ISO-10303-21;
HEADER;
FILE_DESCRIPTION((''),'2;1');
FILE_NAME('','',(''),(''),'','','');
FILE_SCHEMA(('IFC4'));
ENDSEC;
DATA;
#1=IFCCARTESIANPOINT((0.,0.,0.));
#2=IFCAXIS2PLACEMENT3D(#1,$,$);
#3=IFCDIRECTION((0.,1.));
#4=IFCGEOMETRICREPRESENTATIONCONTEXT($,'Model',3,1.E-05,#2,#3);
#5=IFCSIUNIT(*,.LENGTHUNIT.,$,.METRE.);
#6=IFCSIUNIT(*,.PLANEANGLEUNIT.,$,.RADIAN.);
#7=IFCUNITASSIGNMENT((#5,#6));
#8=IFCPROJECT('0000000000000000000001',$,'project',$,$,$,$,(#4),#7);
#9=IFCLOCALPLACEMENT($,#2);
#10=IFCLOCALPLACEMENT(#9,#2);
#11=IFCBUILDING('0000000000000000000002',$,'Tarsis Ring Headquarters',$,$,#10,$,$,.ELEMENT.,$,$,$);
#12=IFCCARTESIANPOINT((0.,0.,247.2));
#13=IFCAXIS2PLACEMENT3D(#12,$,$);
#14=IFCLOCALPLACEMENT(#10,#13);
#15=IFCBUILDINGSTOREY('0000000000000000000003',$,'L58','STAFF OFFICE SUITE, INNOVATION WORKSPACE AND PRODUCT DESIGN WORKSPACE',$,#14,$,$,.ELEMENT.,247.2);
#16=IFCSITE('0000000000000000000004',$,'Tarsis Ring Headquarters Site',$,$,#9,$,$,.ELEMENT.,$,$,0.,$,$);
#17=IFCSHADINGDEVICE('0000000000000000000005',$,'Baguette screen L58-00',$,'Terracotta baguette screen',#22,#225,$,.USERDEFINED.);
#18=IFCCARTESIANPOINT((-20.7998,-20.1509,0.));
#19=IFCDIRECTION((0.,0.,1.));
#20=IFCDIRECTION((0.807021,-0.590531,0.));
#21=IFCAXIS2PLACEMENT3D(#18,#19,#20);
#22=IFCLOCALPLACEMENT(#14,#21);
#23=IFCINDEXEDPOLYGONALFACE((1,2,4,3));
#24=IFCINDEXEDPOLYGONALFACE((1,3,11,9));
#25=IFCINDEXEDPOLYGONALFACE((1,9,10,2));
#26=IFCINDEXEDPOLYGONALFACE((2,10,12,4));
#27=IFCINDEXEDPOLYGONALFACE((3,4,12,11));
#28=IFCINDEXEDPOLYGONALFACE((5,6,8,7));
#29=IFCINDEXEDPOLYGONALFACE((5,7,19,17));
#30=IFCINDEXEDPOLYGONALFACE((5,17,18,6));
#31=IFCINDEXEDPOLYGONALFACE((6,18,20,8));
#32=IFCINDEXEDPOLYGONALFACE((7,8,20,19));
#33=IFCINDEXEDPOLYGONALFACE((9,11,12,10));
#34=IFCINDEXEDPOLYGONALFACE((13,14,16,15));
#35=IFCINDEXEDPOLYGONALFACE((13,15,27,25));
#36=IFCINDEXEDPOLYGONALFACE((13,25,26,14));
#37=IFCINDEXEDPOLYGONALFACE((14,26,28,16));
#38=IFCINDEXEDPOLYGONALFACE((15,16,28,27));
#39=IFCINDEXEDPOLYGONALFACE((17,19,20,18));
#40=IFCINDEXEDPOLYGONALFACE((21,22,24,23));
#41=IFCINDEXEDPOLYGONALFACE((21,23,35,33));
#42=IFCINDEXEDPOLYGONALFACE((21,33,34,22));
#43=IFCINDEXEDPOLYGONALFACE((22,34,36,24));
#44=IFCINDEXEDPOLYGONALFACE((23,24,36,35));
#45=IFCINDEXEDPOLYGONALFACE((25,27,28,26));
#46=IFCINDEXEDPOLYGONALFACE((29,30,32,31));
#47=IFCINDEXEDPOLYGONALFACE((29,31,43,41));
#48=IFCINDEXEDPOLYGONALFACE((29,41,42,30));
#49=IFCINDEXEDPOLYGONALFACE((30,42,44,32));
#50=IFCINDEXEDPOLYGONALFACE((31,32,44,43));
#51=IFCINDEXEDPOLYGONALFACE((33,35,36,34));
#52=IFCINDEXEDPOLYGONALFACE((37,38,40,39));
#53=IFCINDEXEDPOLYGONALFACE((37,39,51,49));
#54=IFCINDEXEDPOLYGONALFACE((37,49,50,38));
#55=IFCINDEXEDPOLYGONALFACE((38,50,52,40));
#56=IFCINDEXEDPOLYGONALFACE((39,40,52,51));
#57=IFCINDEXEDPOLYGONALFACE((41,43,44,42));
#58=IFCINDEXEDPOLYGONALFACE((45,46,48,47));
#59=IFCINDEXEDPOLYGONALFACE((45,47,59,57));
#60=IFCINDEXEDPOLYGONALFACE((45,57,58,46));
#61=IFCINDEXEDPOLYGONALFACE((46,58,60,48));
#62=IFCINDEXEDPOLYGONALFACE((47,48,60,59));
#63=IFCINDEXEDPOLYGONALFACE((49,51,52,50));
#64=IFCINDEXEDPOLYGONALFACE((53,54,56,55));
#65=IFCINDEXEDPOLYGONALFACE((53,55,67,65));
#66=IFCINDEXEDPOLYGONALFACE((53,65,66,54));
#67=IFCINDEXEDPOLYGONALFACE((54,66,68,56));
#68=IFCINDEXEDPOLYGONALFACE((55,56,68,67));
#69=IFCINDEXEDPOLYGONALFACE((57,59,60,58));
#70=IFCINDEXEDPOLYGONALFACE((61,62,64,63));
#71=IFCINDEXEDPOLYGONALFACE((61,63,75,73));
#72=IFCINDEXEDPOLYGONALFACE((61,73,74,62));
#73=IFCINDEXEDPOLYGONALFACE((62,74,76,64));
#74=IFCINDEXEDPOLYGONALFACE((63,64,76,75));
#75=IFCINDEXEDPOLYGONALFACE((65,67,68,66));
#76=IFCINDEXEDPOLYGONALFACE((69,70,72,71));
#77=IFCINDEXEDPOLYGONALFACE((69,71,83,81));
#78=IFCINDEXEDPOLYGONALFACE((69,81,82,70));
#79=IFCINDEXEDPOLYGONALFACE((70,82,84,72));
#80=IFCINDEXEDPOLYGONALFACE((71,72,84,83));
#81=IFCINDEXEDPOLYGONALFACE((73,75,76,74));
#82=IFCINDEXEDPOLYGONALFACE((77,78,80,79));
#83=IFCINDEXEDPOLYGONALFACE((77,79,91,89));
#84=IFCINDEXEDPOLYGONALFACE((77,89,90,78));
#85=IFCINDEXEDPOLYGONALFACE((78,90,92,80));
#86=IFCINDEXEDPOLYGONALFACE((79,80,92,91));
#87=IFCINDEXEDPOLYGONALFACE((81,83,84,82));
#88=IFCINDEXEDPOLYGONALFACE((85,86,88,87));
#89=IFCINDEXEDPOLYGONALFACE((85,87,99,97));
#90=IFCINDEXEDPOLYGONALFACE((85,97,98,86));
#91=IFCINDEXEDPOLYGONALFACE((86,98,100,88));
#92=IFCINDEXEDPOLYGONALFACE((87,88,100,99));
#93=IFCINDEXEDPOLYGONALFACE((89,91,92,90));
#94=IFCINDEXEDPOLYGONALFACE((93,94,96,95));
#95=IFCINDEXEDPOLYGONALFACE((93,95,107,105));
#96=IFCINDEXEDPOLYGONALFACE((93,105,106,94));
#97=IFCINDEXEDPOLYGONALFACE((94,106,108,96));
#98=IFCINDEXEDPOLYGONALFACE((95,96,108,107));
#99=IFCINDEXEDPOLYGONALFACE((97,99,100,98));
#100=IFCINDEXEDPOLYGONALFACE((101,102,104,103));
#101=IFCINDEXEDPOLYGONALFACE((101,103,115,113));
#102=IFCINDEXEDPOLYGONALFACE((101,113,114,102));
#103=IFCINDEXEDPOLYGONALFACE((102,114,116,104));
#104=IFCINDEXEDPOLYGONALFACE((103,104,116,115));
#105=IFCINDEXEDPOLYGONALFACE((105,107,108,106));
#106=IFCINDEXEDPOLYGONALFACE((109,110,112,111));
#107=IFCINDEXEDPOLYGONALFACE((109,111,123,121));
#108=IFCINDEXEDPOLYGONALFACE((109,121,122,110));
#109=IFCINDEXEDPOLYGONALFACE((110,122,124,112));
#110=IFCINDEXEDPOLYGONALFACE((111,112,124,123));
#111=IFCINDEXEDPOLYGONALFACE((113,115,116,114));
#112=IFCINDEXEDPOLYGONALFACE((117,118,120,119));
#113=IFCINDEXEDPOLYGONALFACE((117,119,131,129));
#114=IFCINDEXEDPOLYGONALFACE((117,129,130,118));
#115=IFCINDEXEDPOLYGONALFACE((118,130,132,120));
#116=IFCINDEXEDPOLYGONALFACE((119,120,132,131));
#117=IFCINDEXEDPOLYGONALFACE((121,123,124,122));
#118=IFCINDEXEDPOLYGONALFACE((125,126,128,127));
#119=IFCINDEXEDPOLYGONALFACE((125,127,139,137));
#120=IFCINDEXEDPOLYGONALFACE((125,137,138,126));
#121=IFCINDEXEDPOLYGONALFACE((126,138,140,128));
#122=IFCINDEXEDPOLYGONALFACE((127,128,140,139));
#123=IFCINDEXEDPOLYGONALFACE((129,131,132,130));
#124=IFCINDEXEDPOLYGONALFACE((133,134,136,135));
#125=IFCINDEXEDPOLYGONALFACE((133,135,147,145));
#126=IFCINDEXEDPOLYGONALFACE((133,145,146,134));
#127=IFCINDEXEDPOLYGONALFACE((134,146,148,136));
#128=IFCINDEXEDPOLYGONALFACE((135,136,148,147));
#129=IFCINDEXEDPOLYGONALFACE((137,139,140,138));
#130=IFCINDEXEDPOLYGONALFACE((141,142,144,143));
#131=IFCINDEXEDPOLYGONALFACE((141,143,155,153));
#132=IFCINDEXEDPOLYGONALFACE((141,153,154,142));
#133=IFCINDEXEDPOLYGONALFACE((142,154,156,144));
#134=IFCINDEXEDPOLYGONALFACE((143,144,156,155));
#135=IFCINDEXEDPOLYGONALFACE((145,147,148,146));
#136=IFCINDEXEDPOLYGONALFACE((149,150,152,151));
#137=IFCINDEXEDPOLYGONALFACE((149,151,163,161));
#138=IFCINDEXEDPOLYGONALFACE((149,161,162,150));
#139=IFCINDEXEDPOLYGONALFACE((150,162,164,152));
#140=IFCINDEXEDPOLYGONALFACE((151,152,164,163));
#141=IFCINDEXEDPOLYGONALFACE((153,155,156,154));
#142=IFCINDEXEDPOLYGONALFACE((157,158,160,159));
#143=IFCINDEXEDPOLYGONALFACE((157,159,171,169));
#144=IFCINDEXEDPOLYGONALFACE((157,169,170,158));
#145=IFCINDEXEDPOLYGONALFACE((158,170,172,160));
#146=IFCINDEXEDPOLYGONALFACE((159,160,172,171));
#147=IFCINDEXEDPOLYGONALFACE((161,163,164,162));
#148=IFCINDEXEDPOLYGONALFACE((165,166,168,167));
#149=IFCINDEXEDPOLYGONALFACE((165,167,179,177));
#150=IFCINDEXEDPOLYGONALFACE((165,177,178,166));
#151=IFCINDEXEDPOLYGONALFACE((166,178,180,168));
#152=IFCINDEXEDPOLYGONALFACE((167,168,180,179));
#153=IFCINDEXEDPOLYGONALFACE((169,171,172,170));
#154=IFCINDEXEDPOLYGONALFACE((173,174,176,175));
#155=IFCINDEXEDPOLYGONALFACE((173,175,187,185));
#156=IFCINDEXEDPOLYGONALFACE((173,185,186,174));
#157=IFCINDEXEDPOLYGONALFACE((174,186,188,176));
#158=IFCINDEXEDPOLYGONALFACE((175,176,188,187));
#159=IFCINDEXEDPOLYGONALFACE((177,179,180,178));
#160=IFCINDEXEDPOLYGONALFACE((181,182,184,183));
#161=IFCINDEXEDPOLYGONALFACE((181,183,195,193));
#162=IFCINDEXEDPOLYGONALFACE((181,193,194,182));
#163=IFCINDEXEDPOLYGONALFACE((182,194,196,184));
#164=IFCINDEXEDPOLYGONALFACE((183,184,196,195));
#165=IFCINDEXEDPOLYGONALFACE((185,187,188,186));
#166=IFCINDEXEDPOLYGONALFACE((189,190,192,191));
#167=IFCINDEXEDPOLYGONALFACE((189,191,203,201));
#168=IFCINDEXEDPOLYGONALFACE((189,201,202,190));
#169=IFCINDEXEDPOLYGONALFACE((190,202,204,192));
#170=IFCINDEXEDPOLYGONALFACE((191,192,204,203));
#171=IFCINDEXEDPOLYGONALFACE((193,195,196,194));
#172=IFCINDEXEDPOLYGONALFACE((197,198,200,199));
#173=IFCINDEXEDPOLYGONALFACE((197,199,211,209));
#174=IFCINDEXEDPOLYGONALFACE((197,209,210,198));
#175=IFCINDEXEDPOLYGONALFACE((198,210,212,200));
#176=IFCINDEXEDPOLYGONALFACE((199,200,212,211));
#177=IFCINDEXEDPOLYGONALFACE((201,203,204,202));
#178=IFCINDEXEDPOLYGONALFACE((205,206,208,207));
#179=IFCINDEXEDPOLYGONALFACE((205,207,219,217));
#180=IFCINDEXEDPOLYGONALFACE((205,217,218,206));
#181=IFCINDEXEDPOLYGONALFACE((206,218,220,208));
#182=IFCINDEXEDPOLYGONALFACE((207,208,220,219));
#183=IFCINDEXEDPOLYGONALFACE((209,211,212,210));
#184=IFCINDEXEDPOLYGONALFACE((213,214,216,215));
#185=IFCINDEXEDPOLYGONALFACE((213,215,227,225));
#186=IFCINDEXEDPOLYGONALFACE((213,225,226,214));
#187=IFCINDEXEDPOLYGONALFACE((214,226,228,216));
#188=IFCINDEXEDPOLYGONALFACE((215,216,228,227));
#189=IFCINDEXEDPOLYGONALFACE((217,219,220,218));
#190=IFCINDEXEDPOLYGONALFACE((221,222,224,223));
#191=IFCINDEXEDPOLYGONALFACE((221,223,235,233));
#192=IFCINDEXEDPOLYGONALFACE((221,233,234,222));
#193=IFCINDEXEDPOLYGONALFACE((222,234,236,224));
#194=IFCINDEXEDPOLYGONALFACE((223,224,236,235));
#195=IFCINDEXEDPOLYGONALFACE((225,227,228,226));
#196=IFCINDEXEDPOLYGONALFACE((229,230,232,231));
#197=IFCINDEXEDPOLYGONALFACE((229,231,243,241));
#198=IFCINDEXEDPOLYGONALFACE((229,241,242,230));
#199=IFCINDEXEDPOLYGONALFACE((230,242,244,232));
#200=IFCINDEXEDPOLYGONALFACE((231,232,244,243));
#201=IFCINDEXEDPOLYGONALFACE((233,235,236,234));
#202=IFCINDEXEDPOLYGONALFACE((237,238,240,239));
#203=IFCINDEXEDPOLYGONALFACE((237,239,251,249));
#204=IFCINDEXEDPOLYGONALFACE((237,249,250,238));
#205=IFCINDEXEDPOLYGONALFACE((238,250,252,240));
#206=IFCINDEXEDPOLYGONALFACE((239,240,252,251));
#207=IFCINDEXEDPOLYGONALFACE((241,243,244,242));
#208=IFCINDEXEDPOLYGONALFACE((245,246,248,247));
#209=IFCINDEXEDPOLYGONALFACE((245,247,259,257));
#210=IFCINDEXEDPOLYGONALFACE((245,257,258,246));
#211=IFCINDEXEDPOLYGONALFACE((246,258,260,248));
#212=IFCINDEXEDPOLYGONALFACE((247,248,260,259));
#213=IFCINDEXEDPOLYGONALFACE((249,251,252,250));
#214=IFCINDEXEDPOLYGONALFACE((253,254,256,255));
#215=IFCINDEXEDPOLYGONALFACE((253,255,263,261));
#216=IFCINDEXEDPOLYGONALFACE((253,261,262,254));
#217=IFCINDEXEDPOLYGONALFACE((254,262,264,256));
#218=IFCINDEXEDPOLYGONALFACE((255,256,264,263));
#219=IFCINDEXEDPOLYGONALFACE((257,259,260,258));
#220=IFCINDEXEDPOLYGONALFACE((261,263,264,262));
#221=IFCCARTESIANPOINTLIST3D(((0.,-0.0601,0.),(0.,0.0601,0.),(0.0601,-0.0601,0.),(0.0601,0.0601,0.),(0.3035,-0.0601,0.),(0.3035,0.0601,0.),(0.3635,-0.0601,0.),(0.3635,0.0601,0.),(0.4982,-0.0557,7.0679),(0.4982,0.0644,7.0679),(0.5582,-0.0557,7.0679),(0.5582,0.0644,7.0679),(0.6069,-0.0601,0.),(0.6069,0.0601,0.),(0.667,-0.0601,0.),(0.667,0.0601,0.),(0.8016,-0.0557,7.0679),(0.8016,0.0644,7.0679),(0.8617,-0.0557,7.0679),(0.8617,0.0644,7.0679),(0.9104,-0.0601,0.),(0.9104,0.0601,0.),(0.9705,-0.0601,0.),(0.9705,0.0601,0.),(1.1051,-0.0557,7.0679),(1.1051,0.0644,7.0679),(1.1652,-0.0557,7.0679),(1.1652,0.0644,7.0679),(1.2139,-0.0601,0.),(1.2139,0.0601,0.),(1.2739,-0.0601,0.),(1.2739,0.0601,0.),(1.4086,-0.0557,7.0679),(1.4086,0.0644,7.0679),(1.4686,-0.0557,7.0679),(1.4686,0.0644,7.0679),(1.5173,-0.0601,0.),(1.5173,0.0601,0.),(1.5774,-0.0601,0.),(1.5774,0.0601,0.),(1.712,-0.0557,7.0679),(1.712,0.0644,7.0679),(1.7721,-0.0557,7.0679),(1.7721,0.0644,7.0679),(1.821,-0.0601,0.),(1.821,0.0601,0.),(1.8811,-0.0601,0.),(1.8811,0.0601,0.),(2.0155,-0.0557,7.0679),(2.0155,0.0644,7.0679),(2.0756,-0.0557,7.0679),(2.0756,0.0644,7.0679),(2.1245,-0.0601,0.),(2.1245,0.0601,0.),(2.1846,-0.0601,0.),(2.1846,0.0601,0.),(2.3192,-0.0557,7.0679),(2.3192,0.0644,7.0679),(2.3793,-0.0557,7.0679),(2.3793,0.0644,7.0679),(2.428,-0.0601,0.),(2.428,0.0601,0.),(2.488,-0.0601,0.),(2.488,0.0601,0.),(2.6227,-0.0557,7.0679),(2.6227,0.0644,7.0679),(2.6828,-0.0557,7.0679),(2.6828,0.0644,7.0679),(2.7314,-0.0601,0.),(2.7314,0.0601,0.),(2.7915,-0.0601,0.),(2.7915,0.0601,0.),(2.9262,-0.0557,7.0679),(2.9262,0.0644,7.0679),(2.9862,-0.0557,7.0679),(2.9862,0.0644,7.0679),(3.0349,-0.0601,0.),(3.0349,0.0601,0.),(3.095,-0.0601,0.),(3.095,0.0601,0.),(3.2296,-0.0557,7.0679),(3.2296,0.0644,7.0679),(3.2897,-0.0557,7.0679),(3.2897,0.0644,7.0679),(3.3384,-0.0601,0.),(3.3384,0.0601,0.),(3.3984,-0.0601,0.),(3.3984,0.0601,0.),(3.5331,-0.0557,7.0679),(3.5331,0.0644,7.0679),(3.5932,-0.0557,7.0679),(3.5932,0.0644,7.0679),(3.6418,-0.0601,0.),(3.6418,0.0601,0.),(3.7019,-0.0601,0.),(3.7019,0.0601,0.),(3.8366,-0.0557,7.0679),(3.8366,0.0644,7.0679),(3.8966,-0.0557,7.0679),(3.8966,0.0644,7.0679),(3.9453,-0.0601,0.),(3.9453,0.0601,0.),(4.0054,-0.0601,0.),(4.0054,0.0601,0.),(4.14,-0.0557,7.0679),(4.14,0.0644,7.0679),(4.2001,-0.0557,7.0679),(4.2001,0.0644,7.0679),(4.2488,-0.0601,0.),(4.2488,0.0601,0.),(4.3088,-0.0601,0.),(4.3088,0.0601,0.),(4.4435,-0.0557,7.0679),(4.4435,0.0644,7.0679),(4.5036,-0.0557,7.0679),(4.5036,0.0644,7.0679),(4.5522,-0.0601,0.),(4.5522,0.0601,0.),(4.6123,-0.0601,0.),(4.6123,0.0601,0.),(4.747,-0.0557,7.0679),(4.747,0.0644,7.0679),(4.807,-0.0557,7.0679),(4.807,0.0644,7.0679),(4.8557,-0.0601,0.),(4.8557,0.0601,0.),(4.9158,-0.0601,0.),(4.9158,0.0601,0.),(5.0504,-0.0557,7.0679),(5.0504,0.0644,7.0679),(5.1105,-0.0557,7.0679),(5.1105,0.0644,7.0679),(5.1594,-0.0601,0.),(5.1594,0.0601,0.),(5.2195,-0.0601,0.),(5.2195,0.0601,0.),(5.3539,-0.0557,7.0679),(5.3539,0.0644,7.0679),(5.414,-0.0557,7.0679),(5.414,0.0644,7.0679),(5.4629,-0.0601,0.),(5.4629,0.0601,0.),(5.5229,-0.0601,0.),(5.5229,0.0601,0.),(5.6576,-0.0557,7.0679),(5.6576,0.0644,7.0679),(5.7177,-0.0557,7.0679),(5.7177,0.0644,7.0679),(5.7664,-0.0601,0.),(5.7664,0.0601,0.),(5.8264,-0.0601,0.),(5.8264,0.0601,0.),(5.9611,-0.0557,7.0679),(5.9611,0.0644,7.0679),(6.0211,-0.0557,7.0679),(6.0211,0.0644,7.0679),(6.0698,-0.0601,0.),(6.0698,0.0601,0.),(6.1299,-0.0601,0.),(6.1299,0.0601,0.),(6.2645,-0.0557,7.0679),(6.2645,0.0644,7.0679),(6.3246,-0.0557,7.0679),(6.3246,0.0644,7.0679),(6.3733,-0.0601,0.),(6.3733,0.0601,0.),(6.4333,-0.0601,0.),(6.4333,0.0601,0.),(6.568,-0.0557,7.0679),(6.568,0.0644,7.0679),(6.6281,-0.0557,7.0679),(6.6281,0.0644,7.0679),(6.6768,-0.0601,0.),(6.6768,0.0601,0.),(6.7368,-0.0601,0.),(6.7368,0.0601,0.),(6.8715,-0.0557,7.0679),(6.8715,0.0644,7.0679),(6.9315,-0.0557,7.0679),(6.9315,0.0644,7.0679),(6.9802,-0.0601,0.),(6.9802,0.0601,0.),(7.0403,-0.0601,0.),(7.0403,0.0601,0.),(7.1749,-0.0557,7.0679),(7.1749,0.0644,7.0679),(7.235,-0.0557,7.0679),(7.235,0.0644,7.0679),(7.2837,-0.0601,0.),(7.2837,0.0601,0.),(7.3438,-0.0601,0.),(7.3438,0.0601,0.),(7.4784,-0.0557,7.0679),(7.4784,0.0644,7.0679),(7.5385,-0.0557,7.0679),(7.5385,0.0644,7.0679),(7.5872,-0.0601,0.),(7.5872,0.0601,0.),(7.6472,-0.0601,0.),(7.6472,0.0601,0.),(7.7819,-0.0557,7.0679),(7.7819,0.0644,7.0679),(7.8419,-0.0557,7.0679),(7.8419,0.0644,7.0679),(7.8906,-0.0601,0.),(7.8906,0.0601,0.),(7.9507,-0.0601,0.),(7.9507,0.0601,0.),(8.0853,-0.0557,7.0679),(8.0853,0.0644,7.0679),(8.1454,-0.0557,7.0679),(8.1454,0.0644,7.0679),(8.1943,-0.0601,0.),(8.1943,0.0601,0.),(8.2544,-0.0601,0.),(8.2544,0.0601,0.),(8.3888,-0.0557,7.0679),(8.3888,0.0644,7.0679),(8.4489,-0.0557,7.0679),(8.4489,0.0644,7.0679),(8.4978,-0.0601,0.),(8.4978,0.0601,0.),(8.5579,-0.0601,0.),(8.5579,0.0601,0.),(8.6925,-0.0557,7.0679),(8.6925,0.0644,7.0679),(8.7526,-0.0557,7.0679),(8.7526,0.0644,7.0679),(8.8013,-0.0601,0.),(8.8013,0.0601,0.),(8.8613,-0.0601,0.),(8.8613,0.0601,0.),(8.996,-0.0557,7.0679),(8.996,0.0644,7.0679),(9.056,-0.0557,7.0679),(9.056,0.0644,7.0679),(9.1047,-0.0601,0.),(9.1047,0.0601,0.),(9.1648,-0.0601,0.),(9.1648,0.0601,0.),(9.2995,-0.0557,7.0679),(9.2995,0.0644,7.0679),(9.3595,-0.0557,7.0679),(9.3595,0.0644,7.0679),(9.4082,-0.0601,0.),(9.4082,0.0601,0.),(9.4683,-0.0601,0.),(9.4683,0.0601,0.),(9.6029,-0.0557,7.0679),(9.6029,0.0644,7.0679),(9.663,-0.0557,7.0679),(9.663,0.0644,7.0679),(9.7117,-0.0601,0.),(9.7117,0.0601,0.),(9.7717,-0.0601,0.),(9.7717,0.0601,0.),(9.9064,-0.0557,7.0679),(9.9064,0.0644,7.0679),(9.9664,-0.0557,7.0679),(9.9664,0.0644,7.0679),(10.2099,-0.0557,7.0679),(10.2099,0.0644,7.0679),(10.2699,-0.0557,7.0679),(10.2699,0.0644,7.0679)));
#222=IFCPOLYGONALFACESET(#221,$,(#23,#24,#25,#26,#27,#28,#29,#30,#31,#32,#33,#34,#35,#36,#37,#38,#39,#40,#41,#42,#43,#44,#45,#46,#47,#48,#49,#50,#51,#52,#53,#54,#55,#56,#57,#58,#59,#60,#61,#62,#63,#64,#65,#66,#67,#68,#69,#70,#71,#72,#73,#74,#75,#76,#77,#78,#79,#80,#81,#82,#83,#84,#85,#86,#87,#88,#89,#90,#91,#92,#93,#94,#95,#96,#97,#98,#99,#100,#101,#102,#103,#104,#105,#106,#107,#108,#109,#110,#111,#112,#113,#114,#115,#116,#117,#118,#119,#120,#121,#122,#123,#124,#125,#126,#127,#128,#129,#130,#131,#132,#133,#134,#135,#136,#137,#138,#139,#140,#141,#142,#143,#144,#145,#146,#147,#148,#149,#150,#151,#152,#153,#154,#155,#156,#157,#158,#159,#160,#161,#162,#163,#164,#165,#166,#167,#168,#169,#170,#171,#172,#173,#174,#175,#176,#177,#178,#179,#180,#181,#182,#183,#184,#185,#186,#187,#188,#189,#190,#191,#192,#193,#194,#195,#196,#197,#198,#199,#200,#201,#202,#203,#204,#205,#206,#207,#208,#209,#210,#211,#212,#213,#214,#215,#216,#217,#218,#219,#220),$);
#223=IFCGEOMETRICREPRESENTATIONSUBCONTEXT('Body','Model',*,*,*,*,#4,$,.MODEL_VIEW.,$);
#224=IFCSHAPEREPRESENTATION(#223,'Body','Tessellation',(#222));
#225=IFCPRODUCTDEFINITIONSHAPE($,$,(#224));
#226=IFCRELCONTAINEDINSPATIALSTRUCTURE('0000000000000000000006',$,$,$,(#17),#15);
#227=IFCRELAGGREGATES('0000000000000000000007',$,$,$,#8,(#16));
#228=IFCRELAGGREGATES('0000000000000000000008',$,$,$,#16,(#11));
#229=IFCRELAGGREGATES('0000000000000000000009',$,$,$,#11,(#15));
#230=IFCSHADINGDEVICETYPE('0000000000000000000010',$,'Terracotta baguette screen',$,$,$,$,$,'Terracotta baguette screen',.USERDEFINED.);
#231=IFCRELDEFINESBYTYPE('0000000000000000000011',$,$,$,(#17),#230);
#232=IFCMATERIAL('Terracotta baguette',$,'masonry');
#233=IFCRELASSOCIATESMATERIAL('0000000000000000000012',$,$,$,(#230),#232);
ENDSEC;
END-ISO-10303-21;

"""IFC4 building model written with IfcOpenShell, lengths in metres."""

from ifc_helpers import new_model, si_unit, direction, frame, frame_2d, origin, place, context, subcontext, project, spatial, rectangle, composite_profile, extrude, material, type_object, element, save


model = new_model("IFC4")

# Units and contexts
model_context = context("Model", 3, precision=1e-05, world=origin(), true_north=direction((0.0, 1.0)))
body_context = subcontext(model_context, "Body", "Model", "MODEL_VIEW")
ifc_project = project(units=[si_unit("LENGTHUNIT", "METRE"), si_unit("PLANEANGLEUNIT", "RADIAN")], contexts=[model_context])

# Site, building, storey
site_placement = place(None, origin())
site = spatial("IfcSite", under=ifc_project, at=site_placement, Name="Tarsis Ring Headquarters Site", CompositionType="ELEMENT", RefElevation=0.0)
building_placement = place(site_placement, origin())
building = spatial("IfcBuilding", under=site, at=building_placement, Name="Tarsis Ring Headquarters", CompositionType="ELEMENT")
storey_placement = place(building_placement, frame((0.0, 0.0, 247.2)))
storey = spatial("IfcBuildingStorey", under=building, at=storey_placement, Name="L58", Description="STAFF OFFICE SUITE, INNOVATION WORKSPACE AND PRODUCT DESIGN WORKSPACE", CompositionType="ELEMENT", Elevation=247.2)

# Shading device
ifc_material_1 = material(Name="Terracotta baguette", Category="masonry")
shading_device_type = type_object("IfcShadingDeviceType", Name="Terracotta baguette screen", ElementType="Terracotta baguette screen", PredefinedType="USERDEFINED", material=ifc_material_1)
shading_device_placement = place(storey_placement, frame((-20.7998, -20.1509, 0.0), z_axis=(0.0, 0.0, 1.0), x_axis=(0.807021, -0.590531, 0.0)))
element("IfcShadingDevice", 1, at=shading_device_placement, inside=storey, type_object=shading_device_type, Name="Baguette screen L58-00", ObjectType="Terracotta baguette screen", PredefinedType="USERDEFINED", context=body_context, shape_type="SweptSolid", body=[
    extrude(composite_profile([rectangle(XDim=0.0601, YDim=0.1201, at=frame_2d((0.03, 0.0))), rectangle(XDim=0.0601, YDim=0.1201, at=frame_2d((0.3335, 0.0))), rectangle(XDim=0.0601, YDim=0.1201, at=frame_2d((0.637, 0.0))), rectangle(XDim=0.0601, YDim=0.1201, at=frame_2d((0.9404, 0.0))), rectangle(XDim=0.0601, YDim=0.1201, at=frame_2d((1.2439, 0.0))), rectangle(XDim=0.0601, YDim=0.1201, at=frame_2d((1.5474, 0.0))), rectangle(XDim=0.0601, YDim=0.1201, at=frame_2d((1.8511, 0.0))), rectangle(XDim=0.0601, YDim=0.1201, at=frame_2d((2.1545, 0.0))), rectangle(XDim=0.0601, YDim=0.1201, at=frame_2d((2.458, 0.0))), rectangle(XDim=0.0601, YDim=0.1201, at=frame_2d((2.7615, 0.0))), rectangle(XDim=0.0601, YDim=0.1201, at=frame_2d((3.0649, 0.0))), rectangle(XDim=0.0601, YDim=0.1201, at=frame_2d((3.3684, 0.0))), rectangle(XDim=0.0601, YDim=0.1201, at=frame_2d((3.6719, 0.0))), rectangle(XDim=0.0601, YDim=0.1201, at=frame_2d((3.9753, 0.0))), rectangle(XDim=0.0601, YDim=0.1201, at=frame_2d((4.2788, 0.0))), rectangle(XDim=0.0601, YDim=0.1201, at=frame_2d((4.5823, 0.0))), rectangle(XDim=0.0601, YDim=0.1201, at=frame_2d((4.8857, 0.0))), rectangle(XDim=0.0601, YDim=0.1201, at=frame_2d((5.1895, 0.0))), rectangle(XDim=0.0601, YDim=0.1201, at=frame_2d((5.4929, 0.0))), rectangle(XDim=0.0601, YDim=0.1201, at=frame_2d((5.7964, 0.0))), rectangle(XDim=0.0601, YDim=0.1201, at=frame_2d((6.0999, 0.0))), rectangle(XDim=0.0601, YDim=0.1201, at=frame_2d((6.4033, 0.0))), rectangle(XDim=0.0601, YDim=0.1201, at=frame_2d((6.7068, 0.0))), rectangle(XDim=0.0601, YDim=0.1201, at=frame_2d((7.0103, 0.0))), rectangle(XDim=0.0601, YDim=0.1201, at=frame_2d((7.3137, 0.0))), rectangle(XDim=0.0601, YDim=0.1201, at=frame_2d((7.6172, 0.0))), rectangle(XDim=0.0601, YDim=0.1201, at=frame_2d((7.9207, 0.0))), rectangle(XDim=0.0601, YDim=0.1201, at=frame_2d((8.2244, 0.0))), rectangle(XDim=0.0601, YDim=0.1201, at=frame_2d((8.5278, 0.0))), rectangle(XDim=0.0601, YDim=0.1201, at=frame_2d((8.8313, 0.0))), rectangle(XDim=0.0601, YDim=0.1201, at=frame_2d((9.1348, 0.0))), rectangle(XDim=0.0601, YDim=0.1201, at=frame_2d((9.4382, 0.0))), rectangle(XDim=0.0601, YDim=0.1201, at=frame_2d((9.7417, 0.0)))]), origin(), (0.070311, 0.000613, 0.997525), 7.0854),
])

save(model, "model.ifc")
